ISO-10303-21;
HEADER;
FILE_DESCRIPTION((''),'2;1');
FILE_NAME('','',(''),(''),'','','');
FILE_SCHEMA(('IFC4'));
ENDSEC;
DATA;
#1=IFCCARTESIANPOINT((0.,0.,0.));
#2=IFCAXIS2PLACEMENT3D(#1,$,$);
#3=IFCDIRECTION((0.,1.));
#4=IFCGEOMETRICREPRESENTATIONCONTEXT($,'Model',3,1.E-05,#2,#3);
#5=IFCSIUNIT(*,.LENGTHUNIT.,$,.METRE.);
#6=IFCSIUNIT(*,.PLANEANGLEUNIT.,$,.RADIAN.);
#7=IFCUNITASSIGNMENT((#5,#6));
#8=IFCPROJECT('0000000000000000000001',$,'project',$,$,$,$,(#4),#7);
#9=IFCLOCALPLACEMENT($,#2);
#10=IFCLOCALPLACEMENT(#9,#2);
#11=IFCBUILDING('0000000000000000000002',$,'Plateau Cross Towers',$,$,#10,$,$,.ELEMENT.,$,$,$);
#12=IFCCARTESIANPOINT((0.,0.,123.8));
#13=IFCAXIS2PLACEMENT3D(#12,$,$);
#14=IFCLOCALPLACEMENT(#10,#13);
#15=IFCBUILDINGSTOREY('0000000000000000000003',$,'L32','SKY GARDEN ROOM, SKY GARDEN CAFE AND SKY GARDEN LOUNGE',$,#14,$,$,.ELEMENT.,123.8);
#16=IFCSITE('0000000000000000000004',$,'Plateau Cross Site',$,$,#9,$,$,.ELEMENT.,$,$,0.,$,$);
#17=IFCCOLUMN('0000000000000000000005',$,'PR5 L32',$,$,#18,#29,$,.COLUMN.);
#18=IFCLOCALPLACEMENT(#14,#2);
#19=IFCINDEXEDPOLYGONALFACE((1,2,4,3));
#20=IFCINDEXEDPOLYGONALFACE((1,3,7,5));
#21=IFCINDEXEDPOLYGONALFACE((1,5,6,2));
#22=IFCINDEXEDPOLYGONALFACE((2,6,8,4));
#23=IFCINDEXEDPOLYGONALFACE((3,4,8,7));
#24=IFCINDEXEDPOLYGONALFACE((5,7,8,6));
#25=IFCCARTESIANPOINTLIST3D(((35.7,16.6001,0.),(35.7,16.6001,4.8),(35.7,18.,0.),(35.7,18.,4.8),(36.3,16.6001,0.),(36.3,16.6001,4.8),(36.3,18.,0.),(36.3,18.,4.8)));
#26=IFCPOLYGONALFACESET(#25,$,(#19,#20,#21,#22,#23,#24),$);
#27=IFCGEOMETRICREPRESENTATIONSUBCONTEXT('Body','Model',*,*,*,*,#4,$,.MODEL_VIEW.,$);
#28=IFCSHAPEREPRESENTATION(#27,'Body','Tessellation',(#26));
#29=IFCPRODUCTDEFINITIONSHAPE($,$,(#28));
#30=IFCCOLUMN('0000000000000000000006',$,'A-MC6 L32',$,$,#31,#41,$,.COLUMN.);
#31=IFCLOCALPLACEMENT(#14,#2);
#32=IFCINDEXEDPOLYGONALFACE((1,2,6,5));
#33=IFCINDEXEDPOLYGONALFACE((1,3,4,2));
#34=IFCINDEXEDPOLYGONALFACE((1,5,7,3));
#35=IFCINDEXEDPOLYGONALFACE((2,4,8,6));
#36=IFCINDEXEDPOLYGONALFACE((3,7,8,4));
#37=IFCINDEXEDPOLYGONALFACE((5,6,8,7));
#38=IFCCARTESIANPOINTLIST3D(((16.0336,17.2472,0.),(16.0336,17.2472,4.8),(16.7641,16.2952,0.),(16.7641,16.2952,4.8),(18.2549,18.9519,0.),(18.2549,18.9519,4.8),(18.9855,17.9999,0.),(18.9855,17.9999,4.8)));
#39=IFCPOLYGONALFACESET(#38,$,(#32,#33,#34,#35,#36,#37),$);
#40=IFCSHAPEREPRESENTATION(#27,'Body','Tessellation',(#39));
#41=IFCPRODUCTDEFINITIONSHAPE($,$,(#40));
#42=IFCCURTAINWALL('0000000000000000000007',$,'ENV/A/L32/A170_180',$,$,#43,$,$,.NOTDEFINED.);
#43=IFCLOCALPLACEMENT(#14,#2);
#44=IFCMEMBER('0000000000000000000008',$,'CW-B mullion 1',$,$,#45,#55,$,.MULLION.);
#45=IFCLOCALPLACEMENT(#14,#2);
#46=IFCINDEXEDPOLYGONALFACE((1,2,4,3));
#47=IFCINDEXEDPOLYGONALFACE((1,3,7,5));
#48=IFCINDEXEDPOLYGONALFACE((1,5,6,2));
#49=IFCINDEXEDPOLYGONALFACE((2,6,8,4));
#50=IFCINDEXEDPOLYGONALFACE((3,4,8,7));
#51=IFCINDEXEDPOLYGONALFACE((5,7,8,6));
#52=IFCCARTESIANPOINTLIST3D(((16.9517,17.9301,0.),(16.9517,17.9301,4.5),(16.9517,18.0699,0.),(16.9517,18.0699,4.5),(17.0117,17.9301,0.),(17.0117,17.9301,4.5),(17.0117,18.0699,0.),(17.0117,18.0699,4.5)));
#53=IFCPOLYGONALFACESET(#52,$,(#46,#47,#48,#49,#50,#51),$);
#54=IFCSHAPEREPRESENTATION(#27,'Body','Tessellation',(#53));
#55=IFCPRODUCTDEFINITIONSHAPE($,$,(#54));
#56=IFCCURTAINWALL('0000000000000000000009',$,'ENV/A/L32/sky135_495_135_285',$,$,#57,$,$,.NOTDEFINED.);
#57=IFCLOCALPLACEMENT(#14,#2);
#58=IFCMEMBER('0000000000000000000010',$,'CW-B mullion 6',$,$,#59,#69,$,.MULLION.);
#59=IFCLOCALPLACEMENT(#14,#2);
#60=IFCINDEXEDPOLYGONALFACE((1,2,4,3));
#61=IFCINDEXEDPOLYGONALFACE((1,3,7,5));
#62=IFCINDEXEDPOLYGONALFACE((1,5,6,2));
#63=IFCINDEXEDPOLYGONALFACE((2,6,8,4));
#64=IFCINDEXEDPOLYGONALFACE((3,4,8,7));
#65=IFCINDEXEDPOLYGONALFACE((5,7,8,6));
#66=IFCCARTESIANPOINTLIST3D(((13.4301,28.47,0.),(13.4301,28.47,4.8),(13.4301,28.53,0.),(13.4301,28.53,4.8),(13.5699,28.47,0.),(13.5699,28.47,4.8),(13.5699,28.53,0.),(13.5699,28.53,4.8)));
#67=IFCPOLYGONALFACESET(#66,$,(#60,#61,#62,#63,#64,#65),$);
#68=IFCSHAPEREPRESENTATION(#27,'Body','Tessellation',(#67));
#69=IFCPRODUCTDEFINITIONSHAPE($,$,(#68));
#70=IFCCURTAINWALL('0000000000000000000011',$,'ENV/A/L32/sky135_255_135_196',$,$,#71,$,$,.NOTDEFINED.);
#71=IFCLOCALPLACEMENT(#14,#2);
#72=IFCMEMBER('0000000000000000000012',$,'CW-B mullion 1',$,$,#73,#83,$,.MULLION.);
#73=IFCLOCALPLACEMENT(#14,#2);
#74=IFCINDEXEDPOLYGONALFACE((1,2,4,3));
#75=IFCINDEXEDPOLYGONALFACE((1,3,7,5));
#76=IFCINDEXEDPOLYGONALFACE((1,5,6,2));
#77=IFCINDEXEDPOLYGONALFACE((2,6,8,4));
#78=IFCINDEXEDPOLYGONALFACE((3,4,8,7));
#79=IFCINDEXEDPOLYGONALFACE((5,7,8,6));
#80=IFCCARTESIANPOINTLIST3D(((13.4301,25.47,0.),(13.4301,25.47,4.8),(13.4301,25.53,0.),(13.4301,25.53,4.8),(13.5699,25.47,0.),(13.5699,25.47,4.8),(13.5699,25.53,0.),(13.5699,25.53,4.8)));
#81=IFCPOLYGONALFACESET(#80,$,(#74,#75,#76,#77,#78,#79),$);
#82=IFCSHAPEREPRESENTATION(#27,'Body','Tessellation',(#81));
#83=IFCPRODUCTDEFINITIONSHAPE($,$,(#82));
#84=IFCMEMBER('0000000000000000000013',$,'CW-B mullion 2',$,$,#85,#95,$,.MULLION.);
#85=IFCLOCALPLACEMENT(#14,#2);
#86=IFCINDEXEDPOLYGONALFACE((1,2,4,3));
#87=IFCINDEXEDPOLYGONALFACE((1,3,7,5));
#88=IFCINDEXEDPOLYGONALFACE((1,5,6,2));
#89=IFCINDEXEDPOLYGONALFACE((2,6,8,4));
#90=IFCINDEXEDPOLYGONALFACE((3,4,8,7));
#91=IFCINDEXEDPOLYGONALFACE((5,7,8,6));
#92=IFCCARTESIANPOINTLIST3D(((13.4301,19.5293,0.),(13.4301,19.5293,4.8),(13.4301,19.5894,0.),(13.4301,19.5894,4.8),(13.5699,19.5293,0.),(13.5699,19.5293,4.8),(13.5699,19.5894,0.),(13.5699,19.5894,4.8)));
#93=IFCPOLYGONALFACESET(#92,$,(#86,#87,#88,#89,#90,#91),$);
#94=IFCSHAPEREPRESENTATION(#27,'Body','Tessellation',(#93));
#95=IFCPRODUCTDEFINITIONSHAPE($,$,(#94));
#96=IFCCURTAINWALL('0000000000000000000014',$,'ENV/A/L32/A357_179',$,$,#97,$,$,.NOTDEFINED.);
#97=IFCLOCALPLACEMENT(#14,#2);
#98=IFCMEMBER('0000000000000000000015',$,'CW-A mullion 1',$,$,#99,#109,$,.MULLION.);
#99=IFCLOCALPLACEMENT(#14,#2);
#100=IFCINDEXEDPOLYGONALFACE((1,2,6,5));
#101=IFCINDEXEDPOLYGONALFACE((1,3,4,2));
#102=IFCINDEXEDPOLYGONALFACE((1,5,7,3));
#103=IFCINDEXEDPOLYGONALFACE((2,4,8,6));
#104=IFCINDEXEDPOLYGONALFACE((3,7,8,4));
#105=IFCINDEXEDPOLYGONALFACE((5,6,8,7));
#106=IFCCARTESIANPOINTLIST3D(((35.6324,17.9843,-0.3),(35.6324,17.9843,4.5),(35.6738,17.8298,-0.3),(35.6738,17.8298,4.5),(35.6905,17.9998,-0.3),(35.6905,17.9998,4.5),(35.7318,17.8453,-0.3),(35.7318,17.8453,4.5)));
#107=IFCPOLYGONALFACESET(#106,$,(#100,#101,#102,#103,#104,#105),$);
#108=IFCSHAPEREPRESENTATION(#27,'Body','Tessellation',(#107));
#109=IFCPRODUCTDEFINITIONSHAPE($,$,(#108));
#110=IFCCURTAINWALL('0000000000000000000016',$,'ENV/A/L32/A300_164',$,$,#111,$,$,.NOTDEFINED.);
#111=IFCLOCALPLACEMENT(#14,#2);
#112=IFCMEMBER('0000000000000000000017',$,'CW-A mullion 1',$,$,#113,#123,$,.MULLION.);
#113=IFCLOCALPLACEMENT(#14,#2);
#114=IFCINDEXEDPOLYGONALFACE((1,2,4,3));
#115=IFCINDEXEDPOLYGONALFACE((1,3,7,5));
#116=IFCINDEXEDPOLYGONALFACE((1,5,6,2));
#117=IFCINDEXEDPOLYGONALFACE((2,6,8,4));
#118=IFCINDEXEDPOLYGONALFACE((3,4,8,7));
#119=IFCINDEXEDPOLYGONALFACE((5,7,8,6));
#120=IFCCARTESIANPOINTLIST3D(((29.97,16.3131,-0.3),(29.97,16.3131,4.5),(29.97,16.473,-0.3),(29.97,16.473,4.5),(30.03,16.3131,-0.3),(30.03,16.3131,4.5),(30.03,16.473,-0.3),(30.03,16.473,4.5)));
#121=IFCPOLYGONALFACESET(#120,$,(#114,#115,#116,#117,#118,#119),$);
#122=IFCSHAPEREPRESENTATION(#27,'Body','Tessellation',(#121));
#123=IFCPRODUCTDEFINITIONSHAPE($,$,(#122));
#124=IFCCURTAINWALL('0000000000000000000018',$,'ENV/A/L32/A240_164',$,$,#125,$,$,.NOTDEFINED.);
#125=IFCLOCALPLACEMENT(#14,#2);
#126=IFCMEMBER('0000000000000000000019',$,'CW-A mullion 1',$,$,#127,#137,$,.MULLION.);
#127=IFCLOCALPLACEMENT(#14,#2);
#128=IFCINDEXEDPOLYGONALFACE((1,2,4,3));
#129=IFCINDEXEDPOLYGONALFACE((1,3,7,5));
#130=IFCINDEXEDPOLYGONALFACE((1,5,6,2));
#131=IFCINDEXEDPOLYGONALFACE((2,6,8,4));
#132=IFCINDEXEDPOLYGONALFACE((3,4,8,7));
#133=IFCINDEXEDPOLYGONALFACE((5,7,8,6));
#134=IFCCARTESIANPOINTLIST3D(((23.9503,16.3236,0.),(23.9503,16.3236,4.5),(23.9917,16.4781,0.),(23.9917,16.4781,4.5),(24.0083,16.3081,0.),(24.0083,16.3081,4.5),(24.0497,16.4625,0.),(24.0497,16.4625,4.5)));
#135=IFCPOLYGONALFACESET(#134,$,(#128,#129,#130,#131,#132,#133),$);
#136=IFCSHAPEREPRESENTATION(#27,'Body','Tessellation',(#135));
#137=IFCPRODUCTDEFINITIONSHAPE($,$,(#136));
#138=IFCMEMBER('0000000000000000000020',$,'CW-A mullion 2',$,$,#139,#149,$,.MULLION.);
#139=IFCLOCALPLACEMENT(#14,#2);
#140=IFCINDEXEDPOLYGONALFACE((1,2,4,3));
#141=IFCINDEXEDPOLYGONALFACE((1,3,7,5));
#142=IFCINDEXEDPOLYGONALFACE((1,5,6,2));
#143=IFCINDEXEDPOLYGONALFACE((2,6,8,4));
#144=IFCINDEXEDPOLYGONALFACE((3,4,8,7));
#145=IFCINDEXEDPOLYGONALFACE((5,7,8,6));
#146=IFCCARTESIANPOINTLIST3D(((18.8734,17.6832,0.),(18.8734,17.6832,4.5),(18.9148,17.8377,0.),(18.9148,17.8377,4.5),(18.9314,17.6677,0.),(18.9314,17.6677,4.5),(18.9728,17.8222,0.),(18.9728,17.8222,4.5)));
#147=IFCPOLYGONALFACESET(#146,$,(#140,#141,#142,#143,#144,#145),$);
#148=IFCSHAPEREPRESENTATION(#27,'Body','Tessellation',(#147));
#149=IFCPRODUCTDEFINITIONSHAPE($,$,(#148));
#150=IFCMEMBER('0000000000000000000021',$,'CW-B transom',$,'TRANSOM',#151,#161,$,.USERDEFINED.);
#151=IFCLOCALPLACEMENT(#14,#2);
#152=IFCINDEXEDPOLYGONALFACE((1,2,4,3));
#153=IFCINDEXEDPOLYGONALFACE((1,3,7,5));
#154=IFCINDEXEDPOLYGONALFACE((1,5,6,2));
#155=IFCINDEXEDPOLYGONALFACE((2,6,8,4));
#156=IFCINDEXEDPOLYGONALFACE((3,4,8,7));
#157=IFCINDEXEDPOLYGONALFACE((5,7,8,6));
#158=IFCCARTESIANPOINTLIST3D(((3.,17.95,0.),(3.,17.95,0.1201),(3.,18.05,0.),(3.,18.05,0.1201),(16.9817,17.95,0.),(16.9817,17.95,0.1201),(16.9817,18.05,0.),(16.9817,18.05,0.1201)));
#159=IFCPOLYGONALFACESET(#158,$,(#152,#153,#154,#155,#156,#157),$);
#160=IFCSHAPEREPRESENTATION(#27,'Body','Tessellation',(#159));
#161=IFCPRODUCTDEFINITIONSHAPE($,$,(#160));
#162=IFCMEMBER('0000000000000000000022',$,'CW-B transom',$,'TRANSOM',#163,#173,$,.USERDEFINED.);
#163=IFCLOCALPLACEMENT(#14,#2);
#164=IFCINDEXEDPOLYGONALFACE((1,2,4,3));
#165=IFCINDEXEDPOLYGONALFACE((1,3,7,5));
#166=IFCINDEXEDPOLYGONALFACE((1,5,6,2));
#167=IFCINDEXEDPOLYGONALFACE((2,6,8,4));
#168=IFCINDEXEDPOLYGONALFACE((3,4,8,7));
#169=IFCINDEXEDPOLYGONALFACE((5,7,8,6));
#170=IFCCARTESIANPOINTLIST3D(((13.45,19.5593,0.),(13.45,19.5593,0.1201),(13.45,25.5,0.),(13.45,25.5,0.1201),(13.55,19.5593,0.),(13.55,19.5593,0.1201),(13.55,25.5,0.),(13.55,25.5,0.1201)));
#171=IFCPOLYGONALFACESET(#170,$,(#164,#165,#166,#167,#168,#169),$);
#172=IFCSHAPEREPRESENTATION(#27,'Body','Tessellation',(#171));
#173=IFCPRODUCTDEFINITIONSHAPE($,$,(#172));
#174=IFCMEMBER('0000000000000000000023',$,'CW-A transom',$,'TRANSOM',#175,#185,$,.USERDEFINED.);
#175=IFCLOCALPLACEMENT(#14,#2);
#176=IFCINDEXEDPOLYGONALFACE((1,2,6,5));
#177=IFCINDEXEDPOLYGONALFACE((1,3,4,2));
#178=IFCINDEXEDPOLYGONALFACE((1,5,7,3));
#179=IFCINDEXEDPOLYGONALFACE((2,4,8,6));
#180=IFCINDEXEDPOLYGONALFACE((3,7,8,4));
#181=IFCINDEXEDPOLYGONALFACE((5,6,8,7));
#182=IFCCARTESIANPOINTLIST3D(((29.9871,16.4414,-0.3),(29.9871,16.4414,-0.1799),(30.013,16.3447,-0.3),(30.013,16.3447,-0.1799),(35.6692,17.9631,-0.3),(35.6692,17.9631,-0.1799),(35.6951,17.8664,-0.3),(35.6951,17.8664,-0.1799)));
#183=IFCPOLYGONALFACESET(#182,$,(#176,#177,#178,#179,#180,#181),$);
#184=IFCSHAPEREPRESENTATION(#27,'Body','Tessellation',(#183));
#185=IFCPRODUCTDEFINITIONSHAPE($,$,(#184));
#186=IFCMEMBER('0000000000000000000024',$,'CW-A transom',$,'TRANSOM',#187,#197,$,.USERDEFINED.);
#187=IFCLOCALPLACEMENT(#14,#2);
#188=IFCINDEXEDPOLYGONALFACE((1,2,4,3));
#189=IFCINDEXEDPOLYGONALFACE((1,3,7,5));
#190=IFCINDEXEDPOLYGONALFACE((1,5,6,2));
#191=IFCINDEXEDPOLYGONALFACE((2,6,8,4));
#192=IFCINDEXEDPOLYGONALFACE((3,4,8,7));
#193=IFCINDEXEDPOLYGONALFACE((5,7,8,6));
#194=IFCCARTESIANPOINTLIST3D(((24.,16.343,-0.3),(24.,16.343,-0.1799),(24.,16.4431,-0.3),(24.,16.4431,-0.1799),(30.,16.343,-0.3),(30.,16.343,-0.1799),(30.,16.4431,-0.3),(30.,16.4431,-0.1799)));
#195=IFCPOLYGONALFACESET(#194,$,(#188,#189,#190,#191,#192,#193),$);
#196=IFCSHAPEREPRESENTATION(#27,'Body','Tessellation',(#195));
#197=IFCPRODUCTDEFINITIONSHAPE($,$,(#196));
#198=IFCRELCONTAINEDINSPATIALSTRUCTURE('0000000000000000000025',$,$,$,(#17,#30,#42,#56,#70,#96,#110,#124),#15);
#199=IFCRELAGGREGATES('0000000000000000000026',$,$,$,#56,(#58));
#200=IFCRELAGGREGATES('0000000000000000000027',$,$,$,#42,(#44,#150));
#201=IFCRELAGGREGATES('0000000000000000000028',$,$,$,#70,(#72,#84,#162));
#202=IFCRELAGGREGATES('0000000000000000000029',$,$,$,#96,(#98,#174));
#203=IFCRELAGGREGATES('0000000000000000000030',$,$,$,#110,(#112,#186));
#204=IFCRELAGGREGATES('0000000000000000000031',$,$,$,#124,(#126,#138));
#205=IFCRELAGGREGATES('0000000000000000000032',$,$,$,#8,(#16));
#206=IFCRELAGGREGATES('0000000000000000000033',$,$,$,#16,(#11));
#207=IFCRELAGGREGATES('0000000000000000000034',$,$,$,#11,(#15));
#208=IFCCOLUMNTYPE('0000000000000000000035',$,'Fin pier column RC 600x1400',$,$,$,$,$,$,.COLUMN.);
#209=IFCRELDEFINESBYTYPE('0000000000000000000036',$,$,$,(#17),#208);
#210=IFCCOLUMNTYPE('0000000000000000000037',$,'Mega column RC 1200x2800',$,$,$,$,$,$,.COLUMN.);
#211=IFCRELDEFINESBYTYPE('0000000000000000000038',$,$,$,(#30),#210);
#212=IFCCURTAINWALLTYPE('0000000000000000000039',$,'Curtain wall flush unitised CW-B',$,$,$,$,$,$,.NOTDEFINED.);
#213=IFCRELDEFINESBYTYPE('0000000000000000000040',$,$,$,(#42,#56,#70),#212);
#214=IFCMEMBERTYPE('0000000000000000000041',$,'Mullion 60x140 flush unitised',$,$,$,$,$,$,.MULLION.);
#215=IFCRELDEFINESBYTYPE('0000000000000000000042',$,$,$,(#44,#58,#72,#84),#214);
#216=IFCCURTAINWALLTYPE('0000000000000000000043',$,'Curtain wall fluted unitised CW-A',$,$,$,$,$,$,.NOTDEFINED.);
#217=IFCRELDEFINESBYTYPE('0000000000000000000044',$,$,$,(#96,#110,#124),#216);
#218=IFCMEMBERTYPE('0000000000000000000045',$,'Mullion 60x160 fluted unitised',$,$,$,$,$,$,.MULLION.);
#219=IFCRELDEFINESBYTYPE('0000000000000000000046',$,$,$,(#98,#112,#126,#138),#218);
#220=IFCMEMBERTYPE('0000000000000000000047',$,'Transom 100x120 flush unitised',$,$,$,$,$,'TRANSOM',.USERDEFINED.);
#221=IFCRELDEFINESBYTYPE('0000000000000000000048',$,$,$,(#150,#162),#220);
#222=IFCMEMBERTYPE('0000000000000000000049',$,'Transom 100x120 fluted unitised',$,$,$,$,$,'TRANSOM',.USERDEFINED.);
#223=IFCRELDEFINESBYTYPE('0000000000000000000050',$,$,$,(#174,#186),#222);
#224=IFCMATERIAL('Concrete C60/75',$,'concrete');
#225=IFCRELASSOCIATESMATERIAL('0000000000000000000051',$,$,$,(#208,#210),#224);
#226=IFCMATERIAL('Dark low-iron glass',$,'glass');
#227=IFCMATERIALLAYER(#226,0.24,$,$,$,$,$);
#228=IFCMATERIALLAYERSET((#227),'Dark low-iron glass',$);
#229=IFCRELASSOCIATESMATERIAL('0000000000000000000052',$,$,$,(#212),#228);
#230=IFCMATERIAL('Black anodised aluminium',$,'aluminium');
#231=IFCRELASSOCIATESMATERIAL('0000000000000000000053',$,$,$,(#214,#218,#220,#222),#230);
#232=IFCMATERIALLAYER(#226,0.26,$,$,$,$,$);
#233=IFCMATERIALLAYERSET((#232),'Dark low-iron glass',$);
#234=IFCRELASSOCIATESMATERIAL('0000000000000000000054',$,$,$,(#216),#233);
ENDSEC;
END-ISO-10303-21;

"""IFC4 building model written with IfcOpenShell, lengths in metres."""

from ifc_helpers import new_model, si_unit, direction, frame, origin, origin_2d, place, context, subcontext, project, spatial, rectangle, extrude, material, layer, layer_set, material_profile, profile_set, type_object, element, aggregate, save


model = new_model("IFC4")

# Units and contexts
model_context = context("Model", 3, precision=1e-05, world=origin(), true_north=direction((0.0, 1.0)))
body_context = subcontext(model_context, "Body", "Model", "MODEL_VIEW")
ifc_project = project(units=[si_unit("LENGTHUNIT", "METRE"), si_unit("PLANEANGLEUNIT", "RADIAN")], contexts=[model_context])

# Site, building, storey
site_placement = place(None, origin())
site = spatial("IfcSite", under=ifc_project, at=site_placement, Name="Plateau Cross Site", CompositionType="ELEMENT", RefElevation=0.0)
building_placement = place(site_placement, origin())
building = spatial("IfcBuilding", under=site, at=building_placement, Name="Plateau Cross Towers", CompositionType="ELEMENT")
storey_placement = place(building_placement, frame((0.0, 0.0, 123.8)))
storey = spatial("IfcBuildingStorey", under=building, at=storey_placement, Name="L32", Description="SKY GARDEN ROOM, SKY GARDEN CAFE AND SKY GARDEN LOUNGE", CompositionType="ELEMENT", Elevation=123.8)

# Columns
ifc_material_1 = material(Name="Concrete C60/75", Category="concrete")
ifc_material_profile_1 = material_profile(ifc_material_1, rectangle(XDim=0.6001, YDim=1.3999, at=origin_2d()), Name="RC 600x1400")
ifc_profile_set_1 = profile_set([ifc_material_profile_1], Name="Concrete C60/75")
column_type_1 = type_object("IfcColumnType", Name="Fin pier column RC 600x1400", PredefinedType="COLUMN", material=ifc_profile_set_1)
column_1_placement = place(storey_placement, frame((36.0, 17.3, 0.0), z_axis=(0.0, 0.0, 1.0), x_axis=(1.0, 0.0, 0.0)))
element("IfcColumn", 1, at=column_1_placement, inside=storey, type_object=column_type_1, Name="PR5 L32", PredefinedType="COLUMN", context=body_context, shape_type="SweptSolid", body=[
    extrude(rectangle(XDim=0.6001, YDim=1.3999, at=origin_2d()), origin(), (0.0, 0.0, 1.0), 4.8),
])
ifc_material_profile_2 = material_profile(ifc_material_1, rectangle(XDim=1.2, YDim=2.8, at=origin_2d()), Name="RC 1200x2800")
ifc_profile_set_2 = profile_set([ifc_material_profile_2], Name="Concrete C60/75")
column_type_2 = type_object("IfcColumnType", Name="Mega column RC 1200x2800", PredefinedType="COLUMN", material=ifc_profile_set_2)
column_2_placement = place(storey_placement, frame((17.5095, 17.6235, 0.0), z_axis=(0.0, 0.0, 1.0), x_axis=(-0.608811, 0.793315, 0.0)))
element("IfcColumn", 2, at=column_2_placement, inside=storey, type_object=column_type_2, Name="A-MC6 L32", PredefinedType="COLUMN", context=body_context, shape_type="SweptSolid", body=[
    extrude(rectangle(XDim=1.2, YDim=2.8, at=origin_2d()), origin(), (0.0, 0.0, 1.0), 4.8),
])

# Curtain walls, members
ifc_material_2 = material(Name="Dark low-iron glass", Category="glass")
ifc_layer_1 = layer(ifc_material_2, 0.24)
ifc_layer_set_1 = layer_set([ifc_layer_1], Name="Dark low-iron glass")
curtain_wall_type_1 = type_object("IfcCurtainWallType", Name="Curtain wall flush unitised CW-B", PredefinedType="NOTDEFINED", material=ifc_layer_set_1)
curtain_wall_1_placement = place(storey_placement, origin())
curtain_wall_1 = element("IfcCurtainWall", 3, at=curtain_wall_1_placement, inside=storey, type_object=curtain_wall_type_1, Name="ENV/A/L32/A170_180", PredefinedType="NOTDEFINED")
ifc_material_3 = material(Name="Black anodised aluminium", Category="aluminium")
ifc_material_profile_3 = material_profile(ifc_material_3, rectangle(XDim=0.0601, YDim=0.1399, at=origin_2d()), Name="MULLION 60x140")
ifc_profile_set_3 = profile_set([ifc_material_profile_3], Name="Black anodised aluminium")
member_type_1 = type_object("IfcMemberType", Name="Mullion 60x140 flush unitised", PredefinedType="MULLION", material=ifc_profile_set_3)
member_1_placement = place(storey_placement, frame((16.9817, 18.0, 0.0), z_axis=(0.0, 0.0, 1.0), x_axis=(-1.0, 0.0, 0.0)))
member_1 = element("IfcMember", 4, at=member_1_placement, type_object=member_type_1, Name="CW-B mullion 1", PredefinedType="MULLION", context=body_context, shape_type="SweptSolid", body=[
    extrude(rectangle(XDim=0.0601, YDim=0.1399, at=origin_2d()), origin(), (0.0, 0.0, 1.0), 4.5),
])
curtain_wall_2_placement = place(storey_placement, origin())
curtain_wall_2 = element("IfcCurtainWall", 5, at=curtain_wall_2_placement, inside=storey, type_object=curtain_wall_type_1, Name="ENV/A/L32/sky135_495_135_285", PredefinedType="NOTDEFINED")
member_2_placement = place(storey_placement, frame((13.5, 28.5, 0.0), z_axis=(0.0, 0.0, 1.0), x_axis=(0.0, -1.0, 0.0)))
member_2 = element("IfcMember", 6, at=member_2_placement, type_object=member_type_1, Name="CW-B mullion 6", PredefinedType="MULLION", context=body_context, shape_type="SweptSolid", body=[
    extrude(rectangle(XDim=0.0601, YDim=0.1399, at=origin_2d()), origin(), (0.0, 0.0, 1.0), 4.8),
])
aggregate(curtain_wall_2, [member_2])

# Curtain wall, members
curtain_wall_3_placement = place(storey_placement, origin())
curtain_wall_3 = element("IfcCurtainWall", 7, at=curtain_wall_3_placement, inside=storey, type_object=curtain_wall_type_1, Name="ENV/A/L32/sky135_255_135_196", PredefinedType="NOTDEFINED")
member_3_placement = place(storey_placement, frame((13.5, 25.5, 0.0), z_axis=(0.0, 0.0, 1.0), x_axis=(0.0, -1.0, 0.0)))
member_3 = element("IfcMember", 8, at=member_3_placement, type_object=member_type_1, Name="CW-B mullion 1", PredefinedType="MULLION", context=body_context, shape_type="SweptSolid", body=[
    extrude(rectangle(XDim=0.0601, YDim=0.1399, at=origin_2d()), origin(), (0.0, 0.0, 1.0), 4.8),
])
member_4_placement = place(storey_placement, frame((13.5, 19.5593, 0.0), z_axis=(0.0, 0.0, 1.0), x_axis=(0.0, -1.0, 0.0)))
member_4 = element("IfcMember", 9, at=member_4_placement, type_object=member_type_1, Name="CW-B mullion 2", PredefinedType="MULLION", context=body_context, shape_type="SweptSolid", body=[
    extrude(rectangle(XDim=0.0601, YDim=0.1399, at=origin_2d()), origin(), (0.0, 0.0, 1.0), 4.8),
])

# Curtain walls, members
ifc_layer_2 = layer(ifc_material_2, 0.26)
ifc_layer_set_2 = layer_set([ifc_layer_2], Name="Dark low-iron glass")
curtain_wall_type_2 = type_object("IfcCurtainWallType", Name="Curtain wall fluted unitised CW-A", PredefinedType="NOTDEFINED", material=ifc_layer_set_2)
curtain_wall_4_placement = place(storey_placement, origin())
curtain_wall_4 = element("IfcCurtainWall", 10, at=curtain_wall_4_placement, inside=storey, type_object=curtain_wall_type_2, Name="ENV/A/L32/A357_179", PredefinedType="NOTDEFINED")
ifc_material_profile_4 = material_profile(ifc_material_3, rectangle(XDim=0.0601, YDim=0.1599, at=origin_2d()), Name="MULLION 60x160")
ifc_profile_set_4 = profile_set([ifc_material_profile_4], Name="Black anodised aluminium")
member_type_2 = type_object("IfcMemberType", Name="Mullion 60x160 fluted unitised", PredefinedType="MULLION", material=ifc_profile_set_4)
member_5_placement = place(storey_placement, frame((35.6821, 17.9148, -0.3), z_axis=(0.0, 0.0, 1.0), x_axis=(-0.965958, -0.258699, 0.0)))
member_5 = element("IfcMember", 11, at=member_5_placement, type_object=member_type_2, Name="CW-A mullion 1", PredefinedType="MULLION", context=body_context, shape_type="SweptSolid", body=[
    extrude(rectangle(XDim=0.0601, YDim=0.1599, at=origin_2d()), origin(), (0.0, 0.0, 1.0), 4.8),
])
curtain_wall_5_placement = place(storey_placement, origin())
curtain_wall_5 = element("IfcCurtainWall", 12, at=curtain_wall_5_placement, inside=storey, type_object=curtain_wall_type_2, Name="ENV/A/L32/A300_164", PredefinedType="NOTDEFINED")
member_6_placement = place(storey_placement, frame((30.0, 16.3931, -0.3), z_axis=(0.0, 0.0, 1.0), x_axis=(-1.0, 0.0, 0.0)))
member_6 = element("IfcMember", 13, at=member_6_placement, type_object=member_type_2, Name="CW-A mullion 1", PredefinedType="MULLION", context=body_context, shape_type="SweptSolid", body=[
    extrude(rectangle(XDim=0.0601, YDim=0.1599, at=origin_2d()), origin(), (0.0, 0.0, 1.0), 4.8),
])

# Curtain wall, members
curtain_wall_6_placement = place(storey_placement, origin())
curtain_wall_6 = element("IfcCurtainWall", 14, at=curtain_wall_6_placement, inside=storey, type_object=curtain_wall_type_2, Name="ENV/A/L32/A240_164", PredefinedType="NOTDEFINED")
member_7_placement = place(storey_placement, frame((24.0, 16.3931, 0.0), z_axis=(0.0, 0.0, 1.0), x_axis=(-0.965958, 0.258699, 0.0)))
member_7 = element("IfcMember", 15, at=member_7_placement, type_object=member_type_2, Name="CW-A mullion 1", PredefinedType="MULLION", context=body_context, shape_type="SweptSolid", body=[
    extrude(rectangle(XDim=0.0601, YDim=0.1599, at=origin_2d()), origin(), (0.0, 0.0, 1.0), 4.5),
])
member_8_placement = place(storey_placement, frame((18.9231, 17.7527, 0.0), z_axis=(0.0, 0.0, 1.0), x_axis=(-0.965958, 0.258699, 0.0)))
member_8 = element("IfcMember", 16, at=member_8_placement, type_object=member_type_2, Name="CW-A mullion 2", PredefinedType="MULLION", context=body_context, shape_type="SweptSolid", body=[
    extrude(rectangle(XDim=0.0601, YDim=0.1599, at=origin_2d()), origin(), (0.0, 0.0, 1.0), 4.5),
])

# Members
ifc_material_profile_5 = material_profile(ifc_material_3, rectangle(XDim=0.1001, YDim=0.1201, at=origin_2d()), Name="TRANSOM 100x120")
ifc_profile_set_5 = profile_set([ifc_material_profile_5], Name="Black anodised aluminium")
member_type_3 = type_object("IfcMemberType", Name="Transom 100x120 flush unitised", ElementType="TRANSOM", PredefinedType="USERDEFINED", material=ifc_profile_set_5)
member_9_placement = place(storey_placement, frame((16.9817, 18.0, 0.0601), z_axis=(-1.0, 0.0, 0.0), x_axis=(0.0, -1.0, 0.0)))
member_9 = element("IfcMember", 17, at=member_9_placement, type_object=member_type_3, Name="CW-B transom", ObjectType="TRANSOM", PredefinedType="USERDEFINED", context=body_context, shape_type="SweptSolid", body=[
    extrude(rectangle(XDim=0.1001, YDim=0.1201, at=origin_2d()), origin(), (0.0, 0.0, 1.0), 13.9817),
])
member_10_placement = place(storey_placement, frame((13.5, 25.5, 0.0601), z_axis=(0.0, -1.0, 0.0), x_axis=(1.0, 0.0, 0.0)))
member_10 = element("IfcMember", 18, at=member_10_placement, type_object=member_type_3, Name="CW-B transom", ObjectType="TRANSOM", PredefinedType="USERDEFINED", context=body_context, shape_type="SweptSolid", body=[
    extrude(rectangle(XDim=0.1001, YDim=0.1201, at=origin_2d()), origin(), (0.0, 0.0, 1.0), 5.9407),
])
ifc_material_profile_6 = material_profile(ifc_material_3, rectangle(XDim=0.1001, YDim=0.1201, at=origin_2d()), Name="TRANSOM 100x120")
ifc_profile_set_6 = profile_set([ifc_material_profile_6], Name="Black anodised aluminium")
member_type_4 = type_object("IfcMemberType", Name="Transom 100x120 fluted unitised", ElementType="TRANSOM", PredefinedType="USERDEFINED", material=ifc_profile_set_6)
member_11_placement = place(storey_placement, frame((35.6821, 17.9148, -0.24), z_axis=(-0.96596, -0.258693, 0.0), x_axis=(0.258693, -0.96596, 0.0)))
member_11 = element("IfcMember", 19, at=member_11_placement, type_object=member_type_4, Name="CW-A transom", ObjectType="TRANSOM", PredefinedType="USERDEFINED", context=body_context, shape_type="SweptSolid", body=[
    extrude(rectangle(XDim=0.1001, YDim=0.1201, at=origin_2d()), origin(), (0.0, 0.0, 1.0), 5.8823),
])
member_12_placement = place(storey_placement, frame((30.0, 16.3931, -0.24), z_axis=(-1.0, 0.0, 0.0), x_axis=(0.0, -1.0, 0.0)))
member_12 = element("IfcMember", 20, at=member_12_placement, type_object=member_type_4, Name="CW-A transom", ObjectType="TRANSOM", PredefinedType="USERDEFINED", context=body_context, shape_type="SweptSolid", body=[
    extrude(rectangle(XDim=0.1001, YDim=0.1201, at=origin_2d()), origin(), (0.0, 0.0, 1.0), 6.0),
])

aggregate(curtain_wall_1, [member_1, member_9])
aggregate(curtain_wall_3, [member_3, member_4, member_10])
aggregate(curtain_wall_4, [member_5, member_11])
aggregate(curtain_wall_5, [member_6, member_12])
aggregate(curtain_wall_6, [member_7, member_8])

save(model, "model.ifc")
